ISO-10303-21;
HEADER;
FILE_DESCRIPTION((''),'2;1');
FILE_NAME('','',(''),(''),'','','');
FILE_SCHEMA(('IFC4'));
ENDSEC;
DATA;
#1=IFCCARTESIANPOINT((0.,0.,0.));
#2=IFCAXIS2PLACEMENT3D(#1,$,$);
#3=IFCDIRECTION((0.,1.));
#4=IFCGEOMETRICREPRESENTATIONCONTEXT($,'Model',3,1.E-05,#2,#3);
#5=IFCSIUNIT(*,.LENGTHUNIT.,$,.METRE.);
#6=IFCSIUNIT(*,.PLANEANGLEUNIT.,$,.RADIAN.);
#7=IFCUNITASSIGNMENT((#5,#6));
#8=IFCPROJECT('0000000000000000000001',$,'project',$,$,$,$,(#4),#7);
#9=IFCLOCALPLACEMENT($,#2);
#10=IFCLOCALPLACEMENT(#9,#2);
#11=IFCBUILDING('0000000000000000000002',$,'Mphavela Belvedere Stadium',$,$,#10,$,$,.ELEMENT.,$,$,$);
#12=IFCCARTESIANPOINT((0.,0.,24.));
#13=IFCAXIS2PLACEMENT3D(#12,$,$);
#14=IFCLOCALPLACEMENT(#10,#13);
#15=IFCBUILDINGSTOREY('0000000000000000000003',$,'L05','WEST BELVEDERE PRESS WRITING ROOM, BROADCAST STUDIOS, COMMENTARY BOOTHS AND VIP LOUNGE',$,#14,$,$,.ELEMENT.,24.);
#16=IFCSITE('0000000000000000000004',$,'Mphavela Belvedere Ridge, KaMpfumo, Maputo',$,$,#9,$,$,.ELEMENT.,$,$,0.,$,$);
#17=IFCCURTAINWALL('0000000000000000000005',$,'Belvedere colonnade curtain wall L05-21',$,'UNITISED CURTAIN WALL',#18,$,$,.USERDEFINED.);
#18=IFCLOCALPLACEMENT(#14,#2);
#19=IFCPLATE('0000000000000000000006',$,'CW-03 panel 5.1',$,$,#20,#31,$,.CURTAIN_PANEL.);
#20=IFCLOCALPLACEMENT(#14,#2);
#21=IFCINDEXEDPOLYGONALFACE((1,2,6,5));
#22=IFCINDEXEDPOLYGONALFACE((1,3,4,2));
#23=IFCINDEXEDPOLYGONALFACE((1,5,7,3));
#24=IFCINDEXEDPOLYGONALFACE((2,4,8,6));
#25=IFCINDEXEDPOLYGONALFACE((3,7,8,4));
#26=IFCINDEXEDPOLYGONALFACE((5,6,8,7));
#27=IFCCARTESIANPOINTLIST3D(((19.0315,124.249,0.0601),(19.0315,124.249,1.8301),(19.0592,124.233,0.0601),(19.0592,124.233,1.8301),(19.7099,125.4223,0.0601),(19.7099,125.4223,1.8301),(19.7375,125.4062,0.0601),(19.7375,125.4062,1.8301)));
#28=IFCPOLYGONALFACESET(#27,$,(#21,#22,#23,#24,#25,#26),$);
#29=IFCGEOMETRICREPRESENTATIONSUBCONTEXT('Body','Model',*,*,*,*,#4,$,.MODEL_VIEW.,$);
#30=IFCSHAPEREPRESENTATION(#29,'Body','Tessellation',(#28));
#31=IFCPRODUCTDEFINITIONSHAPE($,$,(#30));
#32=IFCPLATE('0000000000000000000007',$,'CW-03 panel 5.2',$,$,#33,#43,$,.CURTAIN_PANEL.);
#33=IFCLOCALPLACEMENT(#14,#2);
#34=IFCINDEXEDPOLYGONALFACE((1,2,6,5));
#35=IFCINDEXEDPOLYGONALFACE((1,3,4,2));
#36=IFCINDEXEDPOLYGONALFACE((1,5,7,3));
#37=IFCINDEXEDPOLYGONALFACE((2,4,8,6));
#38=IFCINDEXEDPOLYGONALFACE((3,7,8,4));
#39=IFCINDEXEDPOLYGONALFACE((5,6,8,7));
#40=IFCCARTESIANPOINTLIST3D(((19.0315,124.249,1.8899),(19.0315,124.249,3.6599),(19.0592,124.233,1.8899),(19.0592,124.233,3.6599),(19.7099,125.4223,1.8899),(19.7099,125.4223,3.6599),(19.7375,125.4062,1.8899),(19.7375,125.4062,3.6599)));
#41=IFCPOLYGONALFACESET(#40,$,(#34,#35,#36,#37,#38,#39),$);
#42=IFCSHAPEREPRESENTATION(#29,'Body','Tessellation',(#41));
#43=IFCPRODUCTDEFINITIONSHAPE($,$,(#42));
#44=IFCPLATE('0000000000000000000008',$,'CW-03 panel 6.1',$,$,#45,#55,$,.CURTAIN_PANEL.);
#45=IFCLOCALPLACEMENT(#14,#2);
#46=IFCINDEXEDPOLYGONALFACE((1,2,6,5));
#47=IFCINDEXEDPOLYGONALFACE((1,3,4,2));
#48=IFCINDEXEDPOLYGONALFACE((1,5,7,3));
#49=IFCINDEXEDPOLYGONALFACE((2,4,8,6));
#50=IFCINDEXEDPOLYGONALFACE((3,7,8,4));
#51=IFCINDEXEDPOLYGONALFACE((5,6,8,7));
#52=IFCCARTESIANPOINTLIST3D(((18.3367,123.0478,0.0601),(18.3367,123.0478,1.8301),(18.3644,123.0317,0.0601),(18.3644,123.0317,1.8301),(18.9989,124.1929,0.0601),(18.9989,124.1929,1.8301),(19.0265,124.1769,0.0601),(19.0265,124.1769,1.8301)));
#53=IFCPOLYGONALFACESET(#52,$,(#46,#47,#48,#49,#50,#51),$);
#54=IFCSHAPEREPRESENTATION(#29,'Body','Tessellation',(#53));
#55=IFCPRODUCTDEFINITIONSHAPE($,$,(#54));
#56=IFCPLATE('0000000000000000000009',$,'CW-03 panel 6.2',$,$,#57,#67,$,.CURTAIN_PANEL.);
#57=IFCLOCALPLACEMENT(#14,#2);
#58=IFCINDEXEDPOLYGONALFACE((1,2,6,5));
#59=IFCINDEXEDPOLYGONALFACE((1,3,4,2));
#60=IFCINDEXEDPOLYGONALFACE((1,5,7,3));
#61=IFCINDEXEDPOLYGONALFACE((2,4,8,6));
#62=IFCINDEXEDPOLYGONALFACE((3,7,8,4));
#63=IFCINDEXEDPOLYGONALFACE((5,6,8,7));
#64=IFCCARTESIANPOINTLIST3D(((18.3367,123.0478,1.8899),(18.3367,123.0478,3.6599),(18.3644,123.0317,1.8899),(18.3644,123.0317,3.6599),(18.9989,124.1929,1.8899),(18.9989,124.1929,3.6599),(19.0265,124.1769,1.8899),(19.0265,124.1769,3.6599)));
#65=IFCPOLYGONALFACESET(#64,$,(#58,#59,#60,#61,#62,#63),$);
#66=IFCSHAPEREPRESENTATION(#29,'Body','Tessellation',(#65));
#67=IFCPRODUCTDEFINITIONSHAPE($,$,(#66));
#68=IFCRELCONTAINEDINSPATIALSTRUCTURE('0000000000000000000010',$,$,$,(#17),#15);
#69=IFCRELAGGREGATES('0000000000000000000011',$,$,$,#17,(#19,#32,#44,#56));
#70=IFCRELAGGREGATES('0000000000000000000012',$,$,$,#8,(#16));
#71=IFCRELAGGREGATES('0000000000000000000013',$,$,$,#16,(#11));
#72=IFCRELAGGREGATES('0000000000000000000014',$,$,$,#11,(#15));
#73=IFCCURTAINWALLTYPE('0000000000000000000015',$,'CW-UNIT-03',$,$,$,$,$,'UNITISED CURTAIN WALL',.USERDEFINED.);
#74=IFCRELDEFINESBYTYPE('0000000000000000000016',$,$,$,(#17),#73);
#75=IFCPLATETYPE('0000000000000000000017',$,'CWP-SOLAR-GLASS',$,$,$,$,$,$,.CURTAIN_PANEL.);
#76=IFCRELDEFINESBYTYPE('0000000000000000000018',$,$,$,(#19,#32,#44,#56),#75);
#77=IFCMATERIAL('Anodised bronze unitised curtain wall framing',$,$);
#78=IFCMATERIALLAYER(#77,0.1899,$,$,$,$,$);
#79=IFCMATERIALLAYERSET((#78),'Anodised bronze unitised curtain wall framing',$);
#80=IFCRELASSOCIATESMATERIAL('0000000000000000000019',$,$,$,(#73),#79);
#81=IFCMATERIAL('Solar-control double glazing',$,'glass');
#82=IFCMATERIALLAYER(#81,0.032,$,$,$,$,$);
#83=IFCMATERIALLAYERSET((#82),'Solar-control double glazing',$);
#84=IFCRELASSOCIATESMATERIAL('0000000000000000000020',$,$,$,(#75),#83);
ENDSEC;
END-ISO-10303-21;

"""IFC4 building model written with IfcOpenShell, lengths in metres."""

from ifc_helpers import new_model, si_unit, direction, frame, origin, origin_2d, place, context, subcontext, project, spatial, rectangle, extrude, material, layer, layer_set, type_object, element, aggregate, save


model = new_model("IFC4")

# Units and contexts
model_context = context("Model", 3, precision=1e-05, world=origin(), true_north=direction((0.0, 1.0)))
body_context = subcontext(model_context, "Body", "Model", "MODEL_VIEW")
ifc_project = project(units=[si_unit("LENGTHUNIT", "METRE"), si_unit("PLANEANGLEUNIT", "RADIAN")], contexts=[model_context])

# Site, building, storey
site_placement = place(None, origin())
site = spatial("IfcSite", under=ifc_project, at=site_placement, Name="Mphavela Belvedere Ridge, KaMpfumo, Maputo", CompositionType="ELEMENT", RefElevation=0.0)
building_placement = place(site_placement, origin())
building = spatial("IfcBuilding", under=site, at=building_placement, Name="Mphavela Belvedere Stadium", CompositionType="ELEMENT")
storey_placement = place(building_placement, frame((0.0, 0.0, 24.0)))
storey = spatial("IfcBuildingStorey", under=building, at=storey_placement, Name="L05", Description="WEST BELVEDERE PRESS WRITING ROOM, BROADCAST STUDIOS, COMMENTARY BOOTHS AND VIP LOUNGE", CompositionType="ELEMENT", Elevation=24.0)

# Curtain wall, plates
ifc_material_1 = material(Name="Anodised bronze unitised curtain wall framing")
ifc_layer_1 = layer(ifc_material_1, 0.1899)
ifc_layer_set_1 = layer_set([ifc_layer_1], Name="Anodised bronze unitised curtain wall framing")
curtain_wall_type = type_object("IfcCurtainWallType", Name="CW-UNIT-03", ElementType="UNITISED CURTAIN WALL", PredefinedType="USERDEFINED", material=ifc_layer_set_1)
curtain_wall_placement = place(storey_placement, origin())
curtain_wall = element("IfcCurtainWall", 1, at=curtain_wall_placement, inside=storey, type_object=curtain_wall_type, Name="Belvedere colonnade curtain wall L05-21", ObjectType="UNITISED CURTAIN WALL", PredefinedType="USERDEFINED")
ifc_material_2 = material(Name="Solar-control double glazing", Category="glass")
ifc_layer_2 = layer(ifc_material_2, 0.032)
ifc_layer_set_2 = layer_set([ifc_layer_2], Name="Solar-control double glazing")
plate_type = type_object("IfcPlateType", Name="CWP-SOLAR-GLASS", PredefinedType="CURTAIN_PANEL", material=ifc_layer_set_2)
plate_1_placement = place(storey_placement, frame((19.3845, 124.8276, 0.0601), z_axis=(0.0, 0.0, 1.0), x_axis=(-0.500556, -0.865704, 0.0)))
plate_1 = element("IfcPlate", 2, at=plate_1_placement, type_object=plate_type, Name="CW-03 panel 5.1", PredefinedType="CURTAIN_PANEL", context=body_context, shape_type="SweptSolid", body=[
    extrude(rectangle(XDim=1.3552, YDim=0.032, at=origin_2d()), origin(), (0.0, 0.0, 1.0), 1.77),
])
plate_2_placement = place(storey_placement, frame((19.3845, 124.8276, 1.8899), z_axis=(0.0, 0.0, 1.0), x_axis=(-0.500556, -0.865704, 0.0)))
plate_2 = element("IfcPlate", 3, at=plate_2_placement, type_object=plate_type, Name="CW-03 panel 5.2", PredefinedType="CURTAIN_PANEL", context=body_context, shape_type="SweptSolid", body=[
    extrude(rectangle(XDim=1.3552, YDim=0.032, at=origin_2d()), origin(), (0.0, 0.0, 1.0), 1.77),
])
plate_3_placement = place(storey_placement, frame((18.6816, 123.6123, 0.0601), z_axis=(0.0, 0.0, 1.0), x_axis=(-0.500556, -0.865704, 0.0)))
plate_3 = element("IfcPlate", 4, at=plate_3_placement, type_object=plate_type, Name="CW-03 panel 6.1", PredefinedType="CURTAIN_PANEL", context=body_context, shape_type="SweptSolid", body=[
    extrude(rectangle(XDim=1.3228, YDim=0.032, at=origin_2d()), origin(), (0.0, 0.0, 1.0), 1.77),
])
plate_4_placement = place(storey_placement, frame((18.6816, 123.6123, 1.8899), z_axis=(0.0, 0.0, 1.0), x_axis=(-0.500556, -0.865704, 0.0)))
plate_4 = element("IfcPlate", 5, at=plate_4_placement, type_object=plate_type, Name="CW-03 panel 6.2", PredefinedType="CURTAIN_PANEL", context=body_context, shape_type="SweptSolid", body=[
    extrude(rectangle(XDim=1.3228, YDim=0.032, at=origin_2d()), origin(), (0.0, 0.0, 1.0), 1.77),
])
aggregate(curtain_wall, [plate_1, plate_2, plate_3, plate_4])

save(model, "model.ifc")
